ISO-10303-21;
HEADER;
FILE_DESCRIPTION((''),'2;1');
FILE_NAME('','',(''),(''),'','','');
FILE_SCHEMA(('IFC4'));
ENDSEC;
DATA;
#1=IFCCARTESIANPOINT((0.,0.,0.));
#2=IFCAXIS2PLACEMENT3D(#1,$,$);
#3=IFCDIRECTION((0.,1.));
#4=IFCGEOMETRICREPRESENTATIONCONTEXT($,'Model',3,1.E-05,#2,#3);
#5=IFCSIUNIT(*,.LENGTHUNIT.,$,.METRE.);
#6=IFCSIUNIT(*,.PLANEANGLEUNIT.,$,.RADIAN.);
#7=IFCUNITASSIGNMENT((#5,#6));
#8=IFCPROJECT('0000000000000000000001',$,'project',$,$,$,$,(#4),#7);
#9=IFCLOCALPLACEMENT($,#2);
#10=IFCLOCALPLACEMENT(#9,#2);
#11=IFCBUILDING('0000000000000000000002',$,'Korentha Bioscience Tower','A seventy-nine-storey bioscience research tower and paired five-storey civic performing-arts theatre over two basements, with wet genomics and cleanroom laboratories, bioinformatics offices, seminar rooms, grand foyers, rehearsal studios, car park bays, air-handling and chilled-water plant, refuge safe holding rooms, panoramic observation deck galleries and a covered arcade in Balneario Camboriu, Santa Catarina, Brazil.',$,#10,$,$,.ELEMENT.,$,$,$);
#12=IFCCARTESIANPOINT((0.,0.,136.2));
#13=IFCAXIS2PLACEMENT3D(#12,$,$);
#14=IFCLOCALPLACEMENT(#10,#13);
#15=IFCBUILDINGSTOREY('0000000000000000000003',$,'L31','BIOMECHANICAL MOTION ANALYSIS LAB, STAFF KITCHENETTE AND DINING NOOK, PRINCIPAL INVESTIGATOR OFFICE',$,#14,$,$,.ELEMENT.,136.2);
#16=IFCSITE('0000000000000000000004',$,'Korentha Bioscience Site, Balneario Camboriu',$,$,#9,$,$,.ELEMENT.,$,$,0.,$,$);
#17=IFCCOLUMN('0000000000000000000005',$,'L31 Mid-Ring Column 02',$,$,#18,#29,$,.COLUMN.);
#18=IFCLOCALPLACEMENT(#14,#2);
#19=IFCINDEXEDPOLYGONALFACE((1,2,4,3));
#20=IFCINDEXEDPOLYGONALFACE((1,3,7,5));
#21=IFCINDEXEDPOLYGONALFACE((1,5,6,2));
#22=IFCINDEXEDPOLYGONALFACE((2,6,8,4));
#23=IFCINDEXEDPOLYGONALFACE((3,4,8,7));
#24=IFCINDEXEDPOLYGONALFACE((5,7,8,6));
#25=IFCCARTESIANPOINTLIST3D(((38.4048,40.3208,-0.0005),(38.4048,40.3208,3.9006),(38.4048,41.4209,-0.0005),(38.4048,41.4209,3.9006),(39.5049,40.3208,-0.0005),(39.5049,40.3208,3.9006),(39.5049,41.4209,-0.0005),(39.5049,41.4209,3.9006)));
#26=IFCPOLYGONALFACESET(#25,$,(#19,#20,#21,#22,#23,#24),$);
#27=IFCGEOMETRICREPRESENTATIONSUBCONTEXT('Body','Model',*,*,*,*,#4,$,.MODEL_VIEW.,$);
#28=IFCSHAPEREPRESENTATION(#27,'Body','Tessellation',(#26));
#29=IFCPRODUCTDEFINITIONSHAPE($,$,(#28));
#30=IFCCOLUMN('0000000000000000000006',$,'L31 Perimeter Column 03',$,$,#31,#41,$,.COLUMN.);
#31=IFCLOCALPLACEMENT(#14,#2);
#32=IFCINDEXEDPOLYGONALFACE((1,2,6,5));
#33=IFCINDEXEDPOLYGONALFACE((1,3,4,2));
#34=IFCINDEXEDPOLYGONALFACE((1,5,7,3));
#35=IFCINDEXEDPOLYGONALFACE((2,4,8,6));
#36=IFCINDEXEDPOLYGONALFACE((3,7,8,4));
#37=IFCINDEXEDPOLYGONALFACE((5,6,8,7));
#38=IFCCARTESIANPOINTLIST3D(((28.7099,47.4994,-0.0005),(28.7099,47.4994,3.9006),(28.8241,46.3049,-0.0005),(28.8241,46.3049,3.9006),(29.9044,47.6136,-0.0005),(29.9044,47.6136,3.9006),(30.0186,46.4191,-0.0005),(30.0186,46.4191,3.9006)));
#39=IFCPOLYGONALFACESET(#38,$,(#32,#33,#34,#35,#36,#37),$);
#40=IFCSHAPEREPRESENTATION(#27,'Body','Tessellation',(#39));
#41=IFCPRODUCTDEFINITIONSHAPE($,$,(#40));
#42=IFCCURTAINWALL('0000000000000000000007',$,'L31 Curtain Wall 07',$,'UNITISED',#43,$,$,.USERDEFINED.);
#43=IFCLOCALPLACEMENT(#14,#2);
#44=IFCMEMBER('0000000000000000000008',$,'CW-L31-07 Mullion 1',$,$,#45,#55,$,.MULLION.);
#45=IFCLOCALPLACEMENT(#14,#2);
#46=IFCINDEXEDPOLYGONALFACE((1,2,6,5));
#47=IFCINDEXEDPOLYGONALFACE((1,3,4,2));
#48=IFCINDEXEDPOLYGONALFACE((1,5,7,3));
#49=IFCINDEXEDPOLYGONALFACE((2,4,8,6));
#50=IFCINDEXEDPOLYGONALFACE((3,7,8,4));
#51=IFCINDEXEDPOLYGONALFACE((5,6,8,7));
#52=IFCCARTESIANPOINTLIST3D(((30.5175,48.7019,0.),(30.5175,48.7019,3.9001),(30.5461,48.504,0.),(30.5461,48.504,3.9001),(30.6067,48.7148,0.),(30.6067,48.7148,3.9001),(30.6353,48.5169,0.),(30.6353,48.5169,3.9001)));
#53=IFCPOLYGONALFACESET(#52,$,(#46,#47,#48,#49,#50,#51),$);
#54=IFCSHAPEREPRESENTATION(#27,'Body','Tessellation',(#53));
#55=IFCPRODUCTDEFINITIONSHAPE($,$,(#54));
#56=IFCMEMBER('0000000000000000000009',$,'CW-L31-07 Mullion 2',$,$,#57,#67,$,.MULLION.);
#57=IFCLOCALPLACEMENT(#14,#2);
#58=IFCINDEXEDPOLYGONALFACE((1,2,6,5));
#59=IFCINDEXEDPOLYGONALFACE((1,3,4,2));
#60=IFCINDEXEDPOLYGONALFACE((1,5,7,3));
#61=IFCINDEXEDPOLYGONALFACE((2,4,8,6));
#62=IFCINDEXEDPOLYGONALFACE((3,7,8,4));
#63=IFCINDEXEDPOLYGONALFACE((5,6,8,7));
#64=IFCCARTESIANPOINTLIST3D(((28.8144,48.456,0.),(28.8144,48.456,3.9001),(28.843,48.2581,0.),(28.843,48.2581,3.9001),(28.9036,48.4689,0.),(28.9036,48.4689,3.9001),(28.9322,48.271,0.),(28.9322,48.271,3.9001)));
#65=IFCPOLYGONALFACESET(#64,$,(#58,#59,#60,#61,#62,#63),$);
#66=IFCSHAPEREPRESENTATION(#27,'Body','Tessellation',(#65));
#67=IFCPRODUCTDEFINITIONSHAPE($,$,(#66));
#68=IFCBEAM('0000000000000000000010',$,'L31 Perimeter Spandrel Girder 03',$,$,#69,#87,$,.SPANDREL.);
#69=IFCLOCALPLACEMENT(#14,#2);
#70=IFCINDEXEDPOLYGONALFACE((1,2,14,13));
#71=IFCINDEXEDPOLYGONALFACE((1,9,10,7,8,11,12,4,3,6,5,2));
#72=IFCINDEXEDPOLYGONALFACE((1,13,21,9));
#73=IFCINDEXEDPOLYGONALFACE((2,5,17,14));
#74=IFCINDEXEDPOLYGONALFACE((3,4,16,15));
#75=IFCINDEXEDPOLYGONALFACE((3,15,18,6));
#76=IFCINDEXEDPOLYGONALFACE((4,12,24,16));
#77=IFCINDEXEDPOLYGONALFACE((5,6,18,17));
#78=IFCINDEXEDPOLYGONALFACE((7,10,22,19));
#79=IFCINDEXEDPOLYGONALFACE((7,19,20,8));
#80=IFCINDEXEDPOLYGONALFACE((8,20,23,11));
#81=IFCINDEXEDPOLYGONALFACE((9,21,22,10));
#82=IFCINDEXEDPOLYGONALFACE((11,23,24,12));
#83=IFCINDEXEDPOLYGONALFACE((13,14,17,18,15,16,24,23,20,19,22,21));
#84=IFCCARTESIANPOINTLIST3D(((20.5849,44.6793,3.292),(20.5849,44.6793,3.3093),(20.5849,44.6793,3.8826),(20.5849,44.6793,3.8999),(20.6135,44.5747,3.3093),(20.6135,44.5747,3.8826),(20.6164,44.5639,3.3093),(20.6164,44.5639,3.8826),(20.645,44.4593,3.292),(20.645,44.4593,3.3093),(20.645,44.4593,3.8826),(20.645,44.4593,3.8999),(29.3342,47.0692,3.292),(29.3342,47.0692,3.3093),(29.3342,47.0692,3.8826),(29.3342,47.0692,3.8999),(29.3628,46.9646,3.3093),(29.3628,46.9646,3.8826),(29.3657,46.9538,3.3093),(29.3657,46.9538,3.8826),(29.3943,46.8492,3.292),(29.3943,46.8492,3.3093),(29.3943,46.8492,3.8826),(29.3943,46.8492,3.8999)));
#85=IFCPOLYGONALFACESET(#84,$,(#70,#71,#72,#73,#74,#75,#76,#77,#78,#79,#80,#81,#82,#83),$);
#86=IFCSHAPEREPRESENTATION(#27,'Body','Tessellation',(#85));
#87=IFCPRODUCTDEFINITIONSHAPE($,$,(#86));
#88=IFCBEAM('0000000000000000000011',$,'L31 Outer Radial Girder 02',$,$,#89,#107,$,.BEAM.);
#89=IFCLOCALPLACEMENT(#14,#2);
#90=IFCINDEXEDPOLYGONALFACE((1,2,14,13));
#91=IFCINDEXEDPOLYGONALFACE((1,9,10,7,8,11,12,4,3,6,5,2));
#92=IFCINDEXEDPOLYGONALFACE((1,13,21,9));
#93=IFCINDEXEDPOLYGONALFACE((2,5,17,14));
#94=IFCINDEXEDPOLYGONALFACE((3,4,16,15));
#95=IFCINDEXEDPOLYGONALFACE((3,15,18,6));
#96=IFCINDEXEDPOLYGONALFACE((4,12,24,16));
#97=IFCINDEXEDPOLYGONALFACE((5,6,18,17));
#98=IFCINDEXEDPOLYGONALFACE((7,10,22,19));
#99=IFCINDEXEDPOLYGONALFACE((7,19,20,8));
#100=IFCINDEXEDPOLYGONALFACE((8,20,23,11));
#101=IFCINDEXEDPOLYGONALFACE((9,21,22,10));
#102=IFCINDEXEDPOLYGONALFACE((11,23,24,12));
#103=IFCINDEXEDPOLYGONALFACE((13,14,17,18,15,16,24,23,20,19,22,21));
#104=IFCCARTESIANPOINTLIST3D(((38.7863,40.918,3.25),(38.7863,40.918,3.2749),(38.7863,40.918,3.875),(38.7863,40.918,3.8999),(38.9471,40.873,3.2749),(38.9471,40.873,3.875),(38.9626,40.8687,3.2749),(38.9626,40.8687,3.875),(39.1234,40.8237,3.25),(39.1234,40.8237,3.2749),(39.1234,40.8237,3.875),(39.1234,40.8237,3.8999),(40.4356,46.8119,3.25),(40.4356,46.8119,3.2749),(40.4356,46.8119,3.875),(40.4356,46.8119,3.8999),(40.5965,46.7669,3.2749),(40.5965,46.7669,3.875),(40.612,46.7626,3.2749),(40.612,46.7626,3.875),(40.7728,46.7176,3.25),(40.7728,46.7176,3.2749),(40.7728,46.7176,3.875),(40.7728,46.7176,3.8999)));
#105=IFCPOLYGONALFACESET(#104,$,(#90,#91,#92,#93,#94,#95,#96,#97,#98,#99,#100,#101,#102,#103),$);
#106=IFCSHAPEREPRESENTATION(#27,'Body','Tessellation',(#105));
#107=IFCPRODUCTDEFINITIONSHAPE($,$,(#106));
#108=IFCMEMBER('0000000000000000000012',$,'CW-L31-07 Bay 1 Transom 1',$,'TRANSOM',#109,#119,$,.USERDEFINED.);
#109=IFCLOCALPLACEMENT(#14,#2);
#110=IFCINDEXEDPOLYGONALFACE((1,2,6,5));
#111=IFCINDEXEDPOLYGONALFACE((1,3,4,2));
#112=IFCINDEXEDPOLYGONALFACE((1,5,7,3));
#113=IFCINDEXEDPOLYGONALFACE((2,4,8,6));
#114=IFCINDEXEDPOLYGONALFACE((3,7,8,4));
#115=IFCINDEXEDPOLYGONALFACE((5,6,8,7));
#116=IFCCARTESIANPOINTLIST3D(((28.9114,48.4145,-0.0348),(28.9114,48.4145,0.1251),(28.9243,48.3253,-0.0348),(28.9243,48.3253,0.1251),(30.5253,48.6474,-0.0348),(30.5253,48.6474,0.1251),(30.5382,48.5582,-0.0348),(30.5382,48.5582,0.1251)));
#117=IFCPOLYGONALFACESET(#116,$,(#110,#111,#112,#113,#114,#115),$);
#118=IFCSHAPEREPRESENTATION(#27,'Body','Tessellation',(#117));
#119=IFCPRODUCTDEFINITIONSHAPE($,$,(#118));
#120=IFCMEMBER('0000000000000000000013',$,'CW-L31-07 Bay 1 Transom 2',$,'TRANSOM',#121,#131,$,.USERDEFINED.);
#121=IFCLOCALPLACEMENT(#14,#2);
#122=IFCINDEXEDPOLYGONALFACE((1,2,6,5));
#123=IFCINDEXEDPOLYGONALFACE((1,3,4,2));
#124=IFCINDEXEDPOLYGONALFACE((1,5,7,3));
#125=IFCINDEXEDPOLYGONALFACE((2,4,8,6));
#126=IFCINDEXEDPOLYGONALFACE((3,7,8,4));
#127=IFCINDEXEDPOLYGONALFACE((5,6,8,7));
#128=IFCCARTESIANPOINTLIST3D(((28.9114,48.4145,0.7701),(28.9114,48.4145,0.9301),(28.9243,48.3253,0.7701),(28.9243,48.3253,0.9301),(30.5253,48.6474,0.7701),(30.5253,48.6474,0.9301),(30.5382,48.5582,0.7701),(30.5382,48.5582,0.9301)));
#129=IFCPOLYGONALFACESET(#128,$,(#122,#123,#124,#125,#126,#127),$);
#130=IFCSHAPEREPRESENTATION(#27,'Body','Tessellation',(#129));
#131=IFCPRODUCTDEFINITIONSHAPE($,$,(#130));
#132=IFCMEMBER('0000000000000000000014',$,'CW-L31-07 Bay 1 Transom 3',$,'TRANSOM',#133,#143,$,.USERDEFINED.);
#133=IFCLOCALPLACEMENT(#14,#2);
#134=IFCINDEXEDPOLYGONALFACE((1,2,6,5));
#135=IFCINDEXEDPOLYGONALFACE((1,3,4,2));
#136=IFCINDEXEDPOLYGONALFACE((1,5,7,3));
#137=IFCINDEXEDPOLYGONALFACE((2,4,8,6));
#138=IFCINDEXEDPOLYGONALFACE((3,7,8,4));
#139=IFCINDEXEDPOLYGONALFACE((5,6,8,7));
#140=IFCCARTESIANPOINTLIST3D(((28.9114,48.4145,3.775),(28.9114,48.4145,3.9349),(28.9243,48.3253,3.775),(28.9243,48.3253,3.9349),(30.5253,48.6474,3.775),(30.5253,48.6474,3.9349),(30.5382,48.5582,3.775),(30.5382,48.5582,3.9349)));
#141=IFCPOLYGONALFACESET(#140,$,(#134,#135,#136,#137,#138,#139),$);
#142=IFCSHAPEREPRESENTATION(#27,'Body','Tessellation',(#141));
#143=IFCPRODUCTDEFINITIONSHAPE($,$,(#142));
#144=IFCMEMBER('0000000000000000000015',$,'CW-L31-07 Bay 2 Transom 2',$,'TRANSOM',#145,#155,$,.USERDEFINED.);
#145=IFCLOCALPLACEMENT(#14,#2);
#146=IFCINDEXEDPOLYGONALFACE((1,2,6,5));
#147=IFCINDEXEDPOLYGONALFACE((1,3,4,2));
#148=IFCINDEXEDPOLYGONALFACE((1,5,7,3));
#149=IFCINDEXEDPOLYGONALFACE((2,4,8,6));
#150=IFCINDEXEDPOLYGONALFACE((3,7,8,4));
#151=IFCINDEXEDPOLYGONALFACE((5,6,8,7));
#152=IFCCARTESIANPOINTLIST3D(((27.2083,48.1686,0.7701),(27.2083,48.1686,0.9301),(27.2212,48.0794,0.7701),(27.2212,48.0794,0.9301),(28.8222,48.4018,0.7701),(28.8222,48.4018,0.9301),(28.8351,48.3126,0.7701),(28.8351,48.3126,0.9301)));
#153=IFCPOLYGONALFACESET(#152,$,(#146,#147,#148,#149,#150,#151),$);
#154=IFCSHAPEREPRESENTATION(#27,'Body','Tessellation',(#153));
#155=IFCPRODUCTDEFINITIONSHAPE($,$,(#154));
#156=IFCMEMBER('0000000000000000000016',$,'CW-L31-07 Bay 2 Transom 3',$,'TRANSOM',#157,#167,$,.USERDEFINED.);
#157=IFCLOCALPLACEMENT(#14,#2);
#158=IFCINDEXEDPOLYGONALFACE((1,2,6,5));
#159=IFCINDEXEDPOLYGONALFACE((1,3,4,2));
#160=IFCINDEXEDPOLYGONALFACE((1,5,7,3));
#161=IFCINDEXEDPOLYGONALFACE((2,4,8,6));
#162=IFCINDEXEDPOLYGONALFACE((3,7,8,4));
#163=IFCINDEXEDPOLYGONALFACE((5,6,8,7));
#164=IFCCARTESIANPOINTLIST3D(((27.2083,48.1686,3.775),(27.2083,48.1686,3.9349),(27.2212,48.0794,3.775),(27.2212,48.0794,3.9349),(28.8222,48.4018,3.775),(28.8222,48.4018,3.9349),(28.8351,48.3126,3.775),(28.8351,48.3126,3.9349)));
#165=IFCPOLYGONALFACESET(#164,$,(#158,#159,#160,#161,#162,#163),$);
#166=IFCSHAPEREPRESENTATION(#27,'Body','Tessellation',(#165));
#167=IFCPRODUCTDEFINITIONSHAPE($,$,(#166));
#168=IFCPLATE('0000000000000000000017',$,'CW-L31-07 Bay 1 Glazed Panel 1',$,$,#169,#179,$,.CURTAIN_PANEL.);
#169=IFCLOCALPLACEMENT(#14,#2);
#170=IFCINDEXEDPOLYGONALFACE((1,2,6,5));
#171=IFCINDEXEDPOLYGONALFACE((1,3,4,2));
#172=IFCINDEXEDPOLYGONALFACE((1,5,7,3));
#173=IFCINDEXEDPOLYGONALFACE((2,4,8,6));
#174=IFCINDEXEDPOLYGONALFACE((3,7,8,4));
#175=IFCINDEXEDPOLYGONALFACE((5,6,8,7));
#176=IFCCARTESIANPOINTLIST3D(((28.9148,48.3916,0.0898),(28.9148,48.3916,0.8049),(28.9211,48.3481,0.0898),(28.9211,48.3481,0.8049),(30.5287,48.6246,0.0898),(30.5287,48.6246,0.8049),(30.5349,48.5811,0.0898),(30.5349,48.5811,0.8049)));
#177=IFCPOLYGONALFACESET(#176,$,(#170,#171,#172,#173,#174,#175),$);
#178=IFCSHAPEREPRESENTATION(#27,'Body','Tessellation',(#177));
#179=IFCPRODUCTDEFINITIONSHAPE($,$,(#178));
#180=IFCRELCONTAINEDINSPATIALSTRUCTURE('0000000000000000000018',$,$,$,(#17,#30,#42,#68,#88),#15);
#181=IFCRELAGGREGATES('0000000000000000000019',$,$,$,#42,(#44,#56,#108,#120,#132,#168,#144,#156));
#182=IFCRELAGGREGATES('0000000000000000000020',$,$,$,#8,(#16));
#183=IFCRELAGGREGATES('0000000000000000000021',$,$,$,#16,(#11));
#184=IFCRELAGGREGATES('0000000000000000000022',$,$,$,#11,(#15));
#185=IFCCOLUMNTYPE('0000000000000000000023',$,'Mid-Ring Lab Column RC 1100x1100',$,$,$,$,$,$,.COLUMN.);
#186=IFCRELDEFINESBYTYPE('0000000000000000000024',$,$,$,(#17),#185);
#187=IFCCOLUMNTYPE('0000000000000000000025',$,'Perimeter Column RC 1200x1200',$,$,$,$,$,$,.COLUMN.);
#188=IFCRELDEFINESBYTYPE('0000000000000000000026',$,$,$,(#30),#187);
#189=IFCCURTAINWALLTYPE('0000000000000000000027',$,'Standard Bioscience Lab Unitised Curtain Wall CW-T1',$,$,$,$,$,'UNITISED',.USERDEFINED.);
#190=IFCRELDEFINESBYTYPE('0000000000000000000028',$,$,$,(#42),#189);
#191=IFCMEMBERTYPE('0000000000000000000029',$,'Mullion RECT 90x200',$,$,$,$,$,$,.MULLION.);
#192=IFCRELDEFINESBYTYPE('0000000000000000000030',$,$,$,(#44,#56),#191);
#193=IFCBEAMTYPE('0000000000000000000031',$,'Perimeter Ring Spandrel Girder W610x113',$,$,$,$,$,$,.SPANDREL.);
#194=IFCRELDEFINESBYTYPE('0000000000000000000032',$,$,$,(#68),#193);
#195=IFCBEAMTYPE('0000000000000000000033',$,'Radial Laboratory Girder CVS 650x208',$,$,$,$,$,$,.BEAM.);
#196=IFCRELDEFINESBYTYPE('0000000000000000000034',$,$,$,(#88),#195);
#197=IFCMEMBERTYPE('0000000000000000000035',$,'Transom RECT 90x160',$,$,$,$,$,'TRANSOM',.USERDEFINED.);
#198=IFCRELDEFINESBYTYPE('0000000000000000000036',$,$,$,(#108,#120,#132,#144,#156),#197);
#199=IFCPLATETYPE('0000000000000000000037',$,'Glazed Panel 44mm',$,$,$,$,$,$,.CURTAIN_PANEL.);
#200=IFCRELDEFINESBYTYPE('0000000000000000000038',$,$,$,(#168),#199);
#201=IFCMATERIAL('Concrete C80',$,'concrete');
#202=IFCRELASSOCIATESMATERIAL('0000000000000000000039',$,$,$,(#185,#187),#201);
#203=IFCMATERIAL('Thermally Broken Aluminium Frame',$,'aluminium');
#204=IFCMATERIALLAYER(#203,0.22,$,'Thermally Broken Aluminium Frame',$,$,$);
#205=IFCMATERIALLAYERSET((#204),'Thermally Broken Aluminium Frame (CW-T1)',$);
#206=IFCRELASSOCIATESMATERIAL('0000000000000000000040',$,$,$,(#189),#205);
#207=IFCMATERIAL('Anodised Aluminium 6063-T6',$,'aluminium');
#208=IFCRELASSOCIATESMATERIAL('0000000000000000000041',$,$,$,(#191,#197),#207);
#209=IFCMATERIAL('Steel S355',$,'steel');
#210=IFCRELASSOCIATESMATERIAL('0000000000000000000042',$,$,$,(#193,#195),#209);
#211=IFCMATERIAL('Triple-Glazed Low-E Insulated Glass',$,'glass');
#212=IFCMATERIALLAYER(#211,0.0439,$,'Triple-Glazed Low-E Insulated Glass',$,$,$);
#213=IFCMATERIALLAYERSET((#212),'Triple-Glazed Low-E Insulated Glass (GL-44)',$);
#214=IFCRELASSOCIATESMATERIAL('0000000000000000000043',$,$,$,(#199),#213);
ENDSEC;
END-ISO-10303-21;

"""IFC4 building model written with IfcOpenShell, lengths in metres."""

from ifc_helpers import new_model, si_unit, direction, frame, origin, origin_2d, place, context, subcontext, project, spatial, rectangle, i_section, extrude, material, layer, layer_set, material_profile, profile_set, type_object, element, aggregate, save


model = new_model("IFC4")

# Units and contexts
model_context = context("Model", 3, precision=1e-05, world=origin(), true_north=direction((0.0, 1.0)))
body_context = subcontext(model_context, "Body", "Model", "MODEL_VIEW")
ifc_project = project(units=[si_unit("LENGTHUNIT", "METRE"), si_unit("PLANEANGLEUNIT", "RADIAN")], contexts=[model_context])

# Site, building, storey
site_placement = place(None, origin())
site = spatial("IfcSite", under=ifc_project, at=site_placement, Name="Korentha Bioscience Site, Balneario Camboriu", CompositionType="ELEMENT", RefElevation=0.0)
building_placement = place(site_placement, origin())
building = spatial("IfcBuilding", under=site, at=building_placement, Name="Korentha Bioscience Tower", Description="A seventy-nine-storey bioscience research tower and paired five-storey civic performing-arts theatre over two basements, with wet genomics and cleanroom laboratories, bioinformatics offices, seminar rooms, grand foyers, rehearsal studios, car park bays, air-handling and chilled-water plant, refuge safe holding rooms, panoramic observation deck galleries and a covered arcade in Balneario Camboriu, Santa Catarina, Brazil.", CompositionType="ELEMENT")
storey_placement = place(building_placement, frame((0.0, 0.0, 136.2)))
storey = spatial("IfcBuildingStorey", under=building, at=storey_placement, Name="L31", Description="BIOMECHANICAL MOTION ANALYSIS LAB, STAFF KITCHENETTE AND DINING NOOK, PRINCIPAL INVESTIGATOR OFFICE", CompositionType="ELEMENT", Elevation=136.2)

# Columns
ifc_material_1 = material(Name="Concrete C80", Category="concrete")
ifc_material_profile_1 = material_profile(ifc_material_1, rectangle(XDim=1.1001, YDim=1.1001, at=origin_2d()), Name="Concrete C80")
ifc_profile_set_1 = profile_set([ifc_material_profile_1], Name="Concrete C80 (COL-MR11)")
column_type_1 = type_object("IfcColumnType", Name="Mid-Ring Lab Column RC 1100x1100", PredefinedType="COLUMN", material=ifc_profile_set_1)
column_1_placement = place(storey_placement, frame((38.9548, 40.8708, -0.0005), z_axis=(0.0, 0.0, 1.0), x_axis=(1.0, 0.0, 0.0)))
element("IfcColumn", 1, at=column_1_placement, inside=storey, type_object=column_type_1, Name="L31 Mid-Ring Column 02", PredefinedType="COLUMN", context=body_context, shape_type="SweptSolid", body=[
    extrude(rectangle(XDim=1.1001, YDim=1.1001, at=origin_2d()), origin(), (0.0, 0.0, 1.0), 3.9011),
])
ifc_material_profile_2 = material_profile(ifc_material_1, rectangle(XDim=1.2, YDim=1.2, at=origin_2d()), Name="Concrete C80")
ifc_profile_set_2 = profile_set([ifc_material_profile_2], Name="Concrete C80 (COL-P12)")
column_type_2 = type_object("IfcColumnType", Name="Perimeter Column RC 1200x1200", PredefinedType="COLUMN", material=ifc_profile_set_2)
column_2_placement = place(storey_placement, frame((29.3643, 46.9592, -0.0005), z_axis=(0.0, 0.0, 1.0), x_axis=(0.995463, 0.095151, 0.0)))
element("IfcColumn", 2, at=column_2_placement, inside=storey, type_object=column_type_2, Name="L31 Perimeter Column 03", PredefinedType="COLUMN", context=body_context, shape_type="SweptSolid", body=[
    extrude(rectangle(XDim=1.2, YDim=1.2, at=origin_2d()), origin(), (0.0, 0.0, 1.0), 3.9011),
])

# Curtain wall, members
ifc_material_2 = material(Name="Thermally Broken Aluminium Frame", Category="aluminium")
ifc_layer_1 = layer(ifc_material_2, 0.22, Name="Thermally Broken Aluminium Frame")
ifc_layer_set_1 = layer_set([ifc_layer_1], Name="Thermally Broken Aluminium Frame (CW-T1)")
curtain_wall_type = type_object("IfcCurtainWallType", Name="Standard Bioscience Lab Unitised Curtain Wall CW-T1", ElementType="UNITISED", PredefinedType="USERDEFINED", material=ifc_layer_set_1)
curtain_wall_placement = place(storey_placement, origin())
curtain_wall = element("IfcCurtainWall", 3, at=curtain_wall_placement, inside=storey, type_object=curtain_wall_type, Name="L31 Curtain Wall 07", ObjectType="UNITISED", PredefinedType="USERDEFINED")
ifc_material_3 = material(Name="Anodised Aluminium 6063-T6", Category="aluminium")
ifc_material_profile_3 = material_profile(ifc_material_3, rectangle(XDim=0.0901, YDim=0.2, at=origin_2d()), Name="Anodised Aluminium 6063-T6")
ifc_profile_set_3 = profile_set([ifc_material_profile_3], Name="Anodised Aluminium 6063-T6 (CW-MUL)")
member_type_1 = type_object("IfcMemberType", Name="Mullion RECT 90x200", PredefinedType="MULLION", material=ifc_profile_set_3)
member_1_placement = place(storey_placement, frame((30.5764, 48.6094, 0.0), z_axis=(0.0, 0.0, 1.0), x_axis=(-0.989738, -0.142892, 0.0)))
member_1 = element("IfcMember", 4, at=member_1_placement, type_object=member_type_1, Name="CW-L31-07 Mullion 1", PredefinedType="MULLION", context=body_context, shape_type="SweptSolid", body=[
    extrude(rectangle(XDim=0.0901, YDim=0.2, at=origin_2d()), origin(), (0.0, 0.0, 1.0), 3.9001),
])
member_2_placement = place(storey_placement, frame((28.8733, 48.3635, 0.0), z_axis=(0.0, 0.0, 1.0), x_axis=(-0.989738, -0.142892, 0.0)))
member_2 = element("IfcMember", 5, at=member_2_placement, type_object=member_type_1, Name="CW-L31-07 Mullion 2", PredefinedType="MULLION", context=body_context, shape_type="SweptSolid", body=[
    extrude(rectangle(XDim=0.0901, YDim=0.2, at=origin_2d()), origin(), (0.0, 0.0, 1.0), 3.9001),
])

# Beams
ifc_material_4 = material(Name="Steel S355", Category="steel")
ifc_material_profile_4 = material_profile(ifc_material_4, i_section(OverallWidth=0.228, OverallDepth=0.6079, WebThickness=0.0112, FlangeThickness=0.0173, at=origin_2d()), Name="Steel S355")
ifc_profile_set_4 = profile_set([ifc_material_profile_4], Name="Steel S355 (SB-610)")
beam_type_1 = type_object("IfcBeamType", Name="Perimeter Ring Spandrel Girder W610x113", PredefinedType="SPANDREL", material=ifc_profile_set_4)
beam_1_placement = place(storey_placement, frame((29.3643, 46.9592, 3.5959), z_axis=(-0.964659, -0.2635, 0.0), x_axis=(0.2635, -0.964659, 0.0)))
element("IfcBeam", 6, at=beam_1_placement, inside=storey, type_object=beam_type_1, Name="L31 Perimeter Spandrel Girder 03", PredefinedType="SPANDREL", context=body_context, shape_type="SweptSolid", body=[
    extrude(i_section(OverallWidth=0.228, OverallDepth=0.6079, WebThickness=0.0112, FlangeThickness=0.0173, at=origin_2d()), origin(), (0.0, 0.0, 1.0), 9.0698),
])
ifc_material_profile_5 = material_profile(ifc_material_4, i_section(OverallWidth=0.3501, OverallDepth=0.6499, WebThickness=0.0161, FlangeThickness=0.0249, at=origin_2d()), Name="Steel S355")
ifc_profile_set_5 = profile_set([ifc_material_profile_5], Name="Steel S355 (RB-650)")
beam_type_2 = type_object("IfcBeamType", Name="Radial Laboratory Girder CVS 650x208", PredefinedType="BEAM", material=ifc_profile_set_5)
beam_2_placement = place(storey_placement, frame((38.9548, 40.8708, 3.575), z_axis=(0.269491, 0.963003, 0.0), x_axis=(-0.963003, 0.269491, 0.0)))
element("IfcBeam", 7, at=beam_2_placement, inside=storey, type_object=beam_type_2, Name="L31 Outer Radial Girder 02", PredefinedType="BEAM", context=body_context, shape_type="SweptSolid", body=[
    extrude(i_section(OverallWidth=0.3501, OverallDepth=0.6499, WebThickness=0.0161, FlangeThickness=0.0249, at=origin_2d()), origin(), (0.0, 0.0, 1.0), 6.1204),
])

# Members
ifc_material_profile_6 = material_profile(ifc_material_3, rectangle(XDim=0.0901, YDim=0.1599, at=origin_2d()), Name="Anodised Aluminium 6063-T6")
ifc_profile_set_6 = profile_set([ifc_material_profile_6], Name="Anodised Aluminium 6063-T6 (CW-TRN)")
member_type_2 = type_object("IfcMemberType", Name="Transom RECT 90x160", ElementType="TRANSOM", PredefinedType="USERDEFINED", material=ifc_profile_set_6)
member_3_placement = place(storey_placement, frame((30.5317, 48.6028, 0.0452), z_axis=(-0.989748, -0.142826, 0.0), x_axis=(0.142826, -0.989748, 0.0)))
member_3 = element("IfcMember", 8, at=member_3_placement, type_object=member_type_2, Name="CW-L31-07 Bay 1 Transom 1", ObjectType="TRANSOM", PredefinedType="USERDEFINED", context=body_context, shape_type="SweptSolid", body=[
    extrude(rectangle(XDim=0.0901, YDim=0.1599, at=origin_2d()), origin(), (0.0, 0.0, 1.0), 1.6306),
])
member_4_placement = place(storey_placement, frame((30.5317, 48.6028, 0.8501), z_axis=(-0.989748, -0.142826, 0.0), x_axis=(0.142826, -0.989748, 0.0)))
member_4 = element("IfcMember", 9, at=member_4_placement, type_object=member_type_2, Name="CW-L31-07 Bay 1 Transom 2", ObjectType="TRANSOM", PredefinedType="USERDEFINED", context=body_context, shape_type="SweptSolid", body=[
    extrude(rectangle(XDim=0.0901, YDim=0.1599, at=origin_2d()), origin(), (0.0, 0.0, 1.0), 1.6306),
])
member_5_placement = place(storey_placement, frame((30.5317, 48.6028, 3.855), z_axis=(-0.989748, -0.142826, 0.0), x_axis=(0.142826, -0.989748, 0.0)))
member_5 = element("IfcMember", 10, at=member_5_placement, type_object=member_type_2, Name="CW-L31-07 Bay 1 Transom 3", ObjectType="TRANSOM", PredefinedType="USERDEFINED", context=body_context, shape_type="SweptSolid", body=[
    extrude(rectangle(XDim=0.0901, YDim=0.1599, at=origin_2d()), origin(), (0.0, 0.0, 1.0), 1.6306),
])
member_6_placement = place(storey_placement, frame((28.8286, 48.3572, 0.8501), z_axis=(-0.989724, -0.142993, 0.0), x_axis=(0.142993, -0.989724, 0.0)))
member_6 = element("IfcMember", 11, at=member_6_placement, type_object=member_type_2, Name="CW-L31-07 Bay 2 Transom 2", ObjectType="TRANSOM", PredefinedType="USERDEFINED", context=body_context, shape_type="SweptSolid", body=[
    extrude(rectangle(XDim=0.0901, YDim=0.1599, at=origin_2d()), origin(), (0.0, 0.0, 1.0), 1.6306),
])
member_7_placement = place(storey_placement, frame((28.8286, 48.3572, 3.855), z_axis=(-0.989724, -0.142993, 0.0), x_axis=(0.142993, -0.989724, 0.0)))
member_7 = element("IfcMember", 12, at=member_7_placement, type_object=member_type_2, Name="CW-L31-07 Bay 2 Transom 3", ObjectType="TRANSOM", PredefinedType="USERDEFINED", context=body_context, shape_type="SweptSolid", body=[
    extrude(rectangle(XDim=0.0901, YDim=0.1599, at=origin_2d()), origin(), (0.0, 0.0, 1.0), 1.6306),
])

# Plate
ifc_material_5 = material(Name="Triple-Glazed Low-E Insulated Glass", Category="glass")
ifc_layer_2 = layer(ifc_material_5, 0.0439, Name="Triple-Glazed Low-E Insulated Glass")
ifc_layer_set_2 = layer_set([ifc_layer_2], Name="Triple-Glazed Low-E Insulated Glass (GL-44)")
plate_type = type_object("IfcPlateType", Name="Glazed Panel 44mm", PredefinedType="CURTAIN_PANEL", material=ifc_layer_set_2)
plate_1_placement = place(storey_placement, frame((29.7249, 48.4863, 0.0898), z_axis=(0.0, 0.0, 1.0), x_axis=(-0.989738, -0.142892, 0.0)))
plate_1 = element("IfcPlate", 13, at=plate_1_placement, type_object=plate_type, Name="CW-L31-07 Bay 1 Glazed Panel 1", PredefinedType="CURTAIN_PANEL", context=body_context, shape_type="SweptSolid", body=[
    extrude(rectangle(XDim=1.6306, YDim=0.0439, at=origin_2d()), origin(), (0.0, 0.0, 1.0), 0.7151),
])
aggregate(curtain_wall, [member_1, member_2, member_3, member_4, member_5, plate_1, member_6, member_7])

save(model, "model.ifc")
